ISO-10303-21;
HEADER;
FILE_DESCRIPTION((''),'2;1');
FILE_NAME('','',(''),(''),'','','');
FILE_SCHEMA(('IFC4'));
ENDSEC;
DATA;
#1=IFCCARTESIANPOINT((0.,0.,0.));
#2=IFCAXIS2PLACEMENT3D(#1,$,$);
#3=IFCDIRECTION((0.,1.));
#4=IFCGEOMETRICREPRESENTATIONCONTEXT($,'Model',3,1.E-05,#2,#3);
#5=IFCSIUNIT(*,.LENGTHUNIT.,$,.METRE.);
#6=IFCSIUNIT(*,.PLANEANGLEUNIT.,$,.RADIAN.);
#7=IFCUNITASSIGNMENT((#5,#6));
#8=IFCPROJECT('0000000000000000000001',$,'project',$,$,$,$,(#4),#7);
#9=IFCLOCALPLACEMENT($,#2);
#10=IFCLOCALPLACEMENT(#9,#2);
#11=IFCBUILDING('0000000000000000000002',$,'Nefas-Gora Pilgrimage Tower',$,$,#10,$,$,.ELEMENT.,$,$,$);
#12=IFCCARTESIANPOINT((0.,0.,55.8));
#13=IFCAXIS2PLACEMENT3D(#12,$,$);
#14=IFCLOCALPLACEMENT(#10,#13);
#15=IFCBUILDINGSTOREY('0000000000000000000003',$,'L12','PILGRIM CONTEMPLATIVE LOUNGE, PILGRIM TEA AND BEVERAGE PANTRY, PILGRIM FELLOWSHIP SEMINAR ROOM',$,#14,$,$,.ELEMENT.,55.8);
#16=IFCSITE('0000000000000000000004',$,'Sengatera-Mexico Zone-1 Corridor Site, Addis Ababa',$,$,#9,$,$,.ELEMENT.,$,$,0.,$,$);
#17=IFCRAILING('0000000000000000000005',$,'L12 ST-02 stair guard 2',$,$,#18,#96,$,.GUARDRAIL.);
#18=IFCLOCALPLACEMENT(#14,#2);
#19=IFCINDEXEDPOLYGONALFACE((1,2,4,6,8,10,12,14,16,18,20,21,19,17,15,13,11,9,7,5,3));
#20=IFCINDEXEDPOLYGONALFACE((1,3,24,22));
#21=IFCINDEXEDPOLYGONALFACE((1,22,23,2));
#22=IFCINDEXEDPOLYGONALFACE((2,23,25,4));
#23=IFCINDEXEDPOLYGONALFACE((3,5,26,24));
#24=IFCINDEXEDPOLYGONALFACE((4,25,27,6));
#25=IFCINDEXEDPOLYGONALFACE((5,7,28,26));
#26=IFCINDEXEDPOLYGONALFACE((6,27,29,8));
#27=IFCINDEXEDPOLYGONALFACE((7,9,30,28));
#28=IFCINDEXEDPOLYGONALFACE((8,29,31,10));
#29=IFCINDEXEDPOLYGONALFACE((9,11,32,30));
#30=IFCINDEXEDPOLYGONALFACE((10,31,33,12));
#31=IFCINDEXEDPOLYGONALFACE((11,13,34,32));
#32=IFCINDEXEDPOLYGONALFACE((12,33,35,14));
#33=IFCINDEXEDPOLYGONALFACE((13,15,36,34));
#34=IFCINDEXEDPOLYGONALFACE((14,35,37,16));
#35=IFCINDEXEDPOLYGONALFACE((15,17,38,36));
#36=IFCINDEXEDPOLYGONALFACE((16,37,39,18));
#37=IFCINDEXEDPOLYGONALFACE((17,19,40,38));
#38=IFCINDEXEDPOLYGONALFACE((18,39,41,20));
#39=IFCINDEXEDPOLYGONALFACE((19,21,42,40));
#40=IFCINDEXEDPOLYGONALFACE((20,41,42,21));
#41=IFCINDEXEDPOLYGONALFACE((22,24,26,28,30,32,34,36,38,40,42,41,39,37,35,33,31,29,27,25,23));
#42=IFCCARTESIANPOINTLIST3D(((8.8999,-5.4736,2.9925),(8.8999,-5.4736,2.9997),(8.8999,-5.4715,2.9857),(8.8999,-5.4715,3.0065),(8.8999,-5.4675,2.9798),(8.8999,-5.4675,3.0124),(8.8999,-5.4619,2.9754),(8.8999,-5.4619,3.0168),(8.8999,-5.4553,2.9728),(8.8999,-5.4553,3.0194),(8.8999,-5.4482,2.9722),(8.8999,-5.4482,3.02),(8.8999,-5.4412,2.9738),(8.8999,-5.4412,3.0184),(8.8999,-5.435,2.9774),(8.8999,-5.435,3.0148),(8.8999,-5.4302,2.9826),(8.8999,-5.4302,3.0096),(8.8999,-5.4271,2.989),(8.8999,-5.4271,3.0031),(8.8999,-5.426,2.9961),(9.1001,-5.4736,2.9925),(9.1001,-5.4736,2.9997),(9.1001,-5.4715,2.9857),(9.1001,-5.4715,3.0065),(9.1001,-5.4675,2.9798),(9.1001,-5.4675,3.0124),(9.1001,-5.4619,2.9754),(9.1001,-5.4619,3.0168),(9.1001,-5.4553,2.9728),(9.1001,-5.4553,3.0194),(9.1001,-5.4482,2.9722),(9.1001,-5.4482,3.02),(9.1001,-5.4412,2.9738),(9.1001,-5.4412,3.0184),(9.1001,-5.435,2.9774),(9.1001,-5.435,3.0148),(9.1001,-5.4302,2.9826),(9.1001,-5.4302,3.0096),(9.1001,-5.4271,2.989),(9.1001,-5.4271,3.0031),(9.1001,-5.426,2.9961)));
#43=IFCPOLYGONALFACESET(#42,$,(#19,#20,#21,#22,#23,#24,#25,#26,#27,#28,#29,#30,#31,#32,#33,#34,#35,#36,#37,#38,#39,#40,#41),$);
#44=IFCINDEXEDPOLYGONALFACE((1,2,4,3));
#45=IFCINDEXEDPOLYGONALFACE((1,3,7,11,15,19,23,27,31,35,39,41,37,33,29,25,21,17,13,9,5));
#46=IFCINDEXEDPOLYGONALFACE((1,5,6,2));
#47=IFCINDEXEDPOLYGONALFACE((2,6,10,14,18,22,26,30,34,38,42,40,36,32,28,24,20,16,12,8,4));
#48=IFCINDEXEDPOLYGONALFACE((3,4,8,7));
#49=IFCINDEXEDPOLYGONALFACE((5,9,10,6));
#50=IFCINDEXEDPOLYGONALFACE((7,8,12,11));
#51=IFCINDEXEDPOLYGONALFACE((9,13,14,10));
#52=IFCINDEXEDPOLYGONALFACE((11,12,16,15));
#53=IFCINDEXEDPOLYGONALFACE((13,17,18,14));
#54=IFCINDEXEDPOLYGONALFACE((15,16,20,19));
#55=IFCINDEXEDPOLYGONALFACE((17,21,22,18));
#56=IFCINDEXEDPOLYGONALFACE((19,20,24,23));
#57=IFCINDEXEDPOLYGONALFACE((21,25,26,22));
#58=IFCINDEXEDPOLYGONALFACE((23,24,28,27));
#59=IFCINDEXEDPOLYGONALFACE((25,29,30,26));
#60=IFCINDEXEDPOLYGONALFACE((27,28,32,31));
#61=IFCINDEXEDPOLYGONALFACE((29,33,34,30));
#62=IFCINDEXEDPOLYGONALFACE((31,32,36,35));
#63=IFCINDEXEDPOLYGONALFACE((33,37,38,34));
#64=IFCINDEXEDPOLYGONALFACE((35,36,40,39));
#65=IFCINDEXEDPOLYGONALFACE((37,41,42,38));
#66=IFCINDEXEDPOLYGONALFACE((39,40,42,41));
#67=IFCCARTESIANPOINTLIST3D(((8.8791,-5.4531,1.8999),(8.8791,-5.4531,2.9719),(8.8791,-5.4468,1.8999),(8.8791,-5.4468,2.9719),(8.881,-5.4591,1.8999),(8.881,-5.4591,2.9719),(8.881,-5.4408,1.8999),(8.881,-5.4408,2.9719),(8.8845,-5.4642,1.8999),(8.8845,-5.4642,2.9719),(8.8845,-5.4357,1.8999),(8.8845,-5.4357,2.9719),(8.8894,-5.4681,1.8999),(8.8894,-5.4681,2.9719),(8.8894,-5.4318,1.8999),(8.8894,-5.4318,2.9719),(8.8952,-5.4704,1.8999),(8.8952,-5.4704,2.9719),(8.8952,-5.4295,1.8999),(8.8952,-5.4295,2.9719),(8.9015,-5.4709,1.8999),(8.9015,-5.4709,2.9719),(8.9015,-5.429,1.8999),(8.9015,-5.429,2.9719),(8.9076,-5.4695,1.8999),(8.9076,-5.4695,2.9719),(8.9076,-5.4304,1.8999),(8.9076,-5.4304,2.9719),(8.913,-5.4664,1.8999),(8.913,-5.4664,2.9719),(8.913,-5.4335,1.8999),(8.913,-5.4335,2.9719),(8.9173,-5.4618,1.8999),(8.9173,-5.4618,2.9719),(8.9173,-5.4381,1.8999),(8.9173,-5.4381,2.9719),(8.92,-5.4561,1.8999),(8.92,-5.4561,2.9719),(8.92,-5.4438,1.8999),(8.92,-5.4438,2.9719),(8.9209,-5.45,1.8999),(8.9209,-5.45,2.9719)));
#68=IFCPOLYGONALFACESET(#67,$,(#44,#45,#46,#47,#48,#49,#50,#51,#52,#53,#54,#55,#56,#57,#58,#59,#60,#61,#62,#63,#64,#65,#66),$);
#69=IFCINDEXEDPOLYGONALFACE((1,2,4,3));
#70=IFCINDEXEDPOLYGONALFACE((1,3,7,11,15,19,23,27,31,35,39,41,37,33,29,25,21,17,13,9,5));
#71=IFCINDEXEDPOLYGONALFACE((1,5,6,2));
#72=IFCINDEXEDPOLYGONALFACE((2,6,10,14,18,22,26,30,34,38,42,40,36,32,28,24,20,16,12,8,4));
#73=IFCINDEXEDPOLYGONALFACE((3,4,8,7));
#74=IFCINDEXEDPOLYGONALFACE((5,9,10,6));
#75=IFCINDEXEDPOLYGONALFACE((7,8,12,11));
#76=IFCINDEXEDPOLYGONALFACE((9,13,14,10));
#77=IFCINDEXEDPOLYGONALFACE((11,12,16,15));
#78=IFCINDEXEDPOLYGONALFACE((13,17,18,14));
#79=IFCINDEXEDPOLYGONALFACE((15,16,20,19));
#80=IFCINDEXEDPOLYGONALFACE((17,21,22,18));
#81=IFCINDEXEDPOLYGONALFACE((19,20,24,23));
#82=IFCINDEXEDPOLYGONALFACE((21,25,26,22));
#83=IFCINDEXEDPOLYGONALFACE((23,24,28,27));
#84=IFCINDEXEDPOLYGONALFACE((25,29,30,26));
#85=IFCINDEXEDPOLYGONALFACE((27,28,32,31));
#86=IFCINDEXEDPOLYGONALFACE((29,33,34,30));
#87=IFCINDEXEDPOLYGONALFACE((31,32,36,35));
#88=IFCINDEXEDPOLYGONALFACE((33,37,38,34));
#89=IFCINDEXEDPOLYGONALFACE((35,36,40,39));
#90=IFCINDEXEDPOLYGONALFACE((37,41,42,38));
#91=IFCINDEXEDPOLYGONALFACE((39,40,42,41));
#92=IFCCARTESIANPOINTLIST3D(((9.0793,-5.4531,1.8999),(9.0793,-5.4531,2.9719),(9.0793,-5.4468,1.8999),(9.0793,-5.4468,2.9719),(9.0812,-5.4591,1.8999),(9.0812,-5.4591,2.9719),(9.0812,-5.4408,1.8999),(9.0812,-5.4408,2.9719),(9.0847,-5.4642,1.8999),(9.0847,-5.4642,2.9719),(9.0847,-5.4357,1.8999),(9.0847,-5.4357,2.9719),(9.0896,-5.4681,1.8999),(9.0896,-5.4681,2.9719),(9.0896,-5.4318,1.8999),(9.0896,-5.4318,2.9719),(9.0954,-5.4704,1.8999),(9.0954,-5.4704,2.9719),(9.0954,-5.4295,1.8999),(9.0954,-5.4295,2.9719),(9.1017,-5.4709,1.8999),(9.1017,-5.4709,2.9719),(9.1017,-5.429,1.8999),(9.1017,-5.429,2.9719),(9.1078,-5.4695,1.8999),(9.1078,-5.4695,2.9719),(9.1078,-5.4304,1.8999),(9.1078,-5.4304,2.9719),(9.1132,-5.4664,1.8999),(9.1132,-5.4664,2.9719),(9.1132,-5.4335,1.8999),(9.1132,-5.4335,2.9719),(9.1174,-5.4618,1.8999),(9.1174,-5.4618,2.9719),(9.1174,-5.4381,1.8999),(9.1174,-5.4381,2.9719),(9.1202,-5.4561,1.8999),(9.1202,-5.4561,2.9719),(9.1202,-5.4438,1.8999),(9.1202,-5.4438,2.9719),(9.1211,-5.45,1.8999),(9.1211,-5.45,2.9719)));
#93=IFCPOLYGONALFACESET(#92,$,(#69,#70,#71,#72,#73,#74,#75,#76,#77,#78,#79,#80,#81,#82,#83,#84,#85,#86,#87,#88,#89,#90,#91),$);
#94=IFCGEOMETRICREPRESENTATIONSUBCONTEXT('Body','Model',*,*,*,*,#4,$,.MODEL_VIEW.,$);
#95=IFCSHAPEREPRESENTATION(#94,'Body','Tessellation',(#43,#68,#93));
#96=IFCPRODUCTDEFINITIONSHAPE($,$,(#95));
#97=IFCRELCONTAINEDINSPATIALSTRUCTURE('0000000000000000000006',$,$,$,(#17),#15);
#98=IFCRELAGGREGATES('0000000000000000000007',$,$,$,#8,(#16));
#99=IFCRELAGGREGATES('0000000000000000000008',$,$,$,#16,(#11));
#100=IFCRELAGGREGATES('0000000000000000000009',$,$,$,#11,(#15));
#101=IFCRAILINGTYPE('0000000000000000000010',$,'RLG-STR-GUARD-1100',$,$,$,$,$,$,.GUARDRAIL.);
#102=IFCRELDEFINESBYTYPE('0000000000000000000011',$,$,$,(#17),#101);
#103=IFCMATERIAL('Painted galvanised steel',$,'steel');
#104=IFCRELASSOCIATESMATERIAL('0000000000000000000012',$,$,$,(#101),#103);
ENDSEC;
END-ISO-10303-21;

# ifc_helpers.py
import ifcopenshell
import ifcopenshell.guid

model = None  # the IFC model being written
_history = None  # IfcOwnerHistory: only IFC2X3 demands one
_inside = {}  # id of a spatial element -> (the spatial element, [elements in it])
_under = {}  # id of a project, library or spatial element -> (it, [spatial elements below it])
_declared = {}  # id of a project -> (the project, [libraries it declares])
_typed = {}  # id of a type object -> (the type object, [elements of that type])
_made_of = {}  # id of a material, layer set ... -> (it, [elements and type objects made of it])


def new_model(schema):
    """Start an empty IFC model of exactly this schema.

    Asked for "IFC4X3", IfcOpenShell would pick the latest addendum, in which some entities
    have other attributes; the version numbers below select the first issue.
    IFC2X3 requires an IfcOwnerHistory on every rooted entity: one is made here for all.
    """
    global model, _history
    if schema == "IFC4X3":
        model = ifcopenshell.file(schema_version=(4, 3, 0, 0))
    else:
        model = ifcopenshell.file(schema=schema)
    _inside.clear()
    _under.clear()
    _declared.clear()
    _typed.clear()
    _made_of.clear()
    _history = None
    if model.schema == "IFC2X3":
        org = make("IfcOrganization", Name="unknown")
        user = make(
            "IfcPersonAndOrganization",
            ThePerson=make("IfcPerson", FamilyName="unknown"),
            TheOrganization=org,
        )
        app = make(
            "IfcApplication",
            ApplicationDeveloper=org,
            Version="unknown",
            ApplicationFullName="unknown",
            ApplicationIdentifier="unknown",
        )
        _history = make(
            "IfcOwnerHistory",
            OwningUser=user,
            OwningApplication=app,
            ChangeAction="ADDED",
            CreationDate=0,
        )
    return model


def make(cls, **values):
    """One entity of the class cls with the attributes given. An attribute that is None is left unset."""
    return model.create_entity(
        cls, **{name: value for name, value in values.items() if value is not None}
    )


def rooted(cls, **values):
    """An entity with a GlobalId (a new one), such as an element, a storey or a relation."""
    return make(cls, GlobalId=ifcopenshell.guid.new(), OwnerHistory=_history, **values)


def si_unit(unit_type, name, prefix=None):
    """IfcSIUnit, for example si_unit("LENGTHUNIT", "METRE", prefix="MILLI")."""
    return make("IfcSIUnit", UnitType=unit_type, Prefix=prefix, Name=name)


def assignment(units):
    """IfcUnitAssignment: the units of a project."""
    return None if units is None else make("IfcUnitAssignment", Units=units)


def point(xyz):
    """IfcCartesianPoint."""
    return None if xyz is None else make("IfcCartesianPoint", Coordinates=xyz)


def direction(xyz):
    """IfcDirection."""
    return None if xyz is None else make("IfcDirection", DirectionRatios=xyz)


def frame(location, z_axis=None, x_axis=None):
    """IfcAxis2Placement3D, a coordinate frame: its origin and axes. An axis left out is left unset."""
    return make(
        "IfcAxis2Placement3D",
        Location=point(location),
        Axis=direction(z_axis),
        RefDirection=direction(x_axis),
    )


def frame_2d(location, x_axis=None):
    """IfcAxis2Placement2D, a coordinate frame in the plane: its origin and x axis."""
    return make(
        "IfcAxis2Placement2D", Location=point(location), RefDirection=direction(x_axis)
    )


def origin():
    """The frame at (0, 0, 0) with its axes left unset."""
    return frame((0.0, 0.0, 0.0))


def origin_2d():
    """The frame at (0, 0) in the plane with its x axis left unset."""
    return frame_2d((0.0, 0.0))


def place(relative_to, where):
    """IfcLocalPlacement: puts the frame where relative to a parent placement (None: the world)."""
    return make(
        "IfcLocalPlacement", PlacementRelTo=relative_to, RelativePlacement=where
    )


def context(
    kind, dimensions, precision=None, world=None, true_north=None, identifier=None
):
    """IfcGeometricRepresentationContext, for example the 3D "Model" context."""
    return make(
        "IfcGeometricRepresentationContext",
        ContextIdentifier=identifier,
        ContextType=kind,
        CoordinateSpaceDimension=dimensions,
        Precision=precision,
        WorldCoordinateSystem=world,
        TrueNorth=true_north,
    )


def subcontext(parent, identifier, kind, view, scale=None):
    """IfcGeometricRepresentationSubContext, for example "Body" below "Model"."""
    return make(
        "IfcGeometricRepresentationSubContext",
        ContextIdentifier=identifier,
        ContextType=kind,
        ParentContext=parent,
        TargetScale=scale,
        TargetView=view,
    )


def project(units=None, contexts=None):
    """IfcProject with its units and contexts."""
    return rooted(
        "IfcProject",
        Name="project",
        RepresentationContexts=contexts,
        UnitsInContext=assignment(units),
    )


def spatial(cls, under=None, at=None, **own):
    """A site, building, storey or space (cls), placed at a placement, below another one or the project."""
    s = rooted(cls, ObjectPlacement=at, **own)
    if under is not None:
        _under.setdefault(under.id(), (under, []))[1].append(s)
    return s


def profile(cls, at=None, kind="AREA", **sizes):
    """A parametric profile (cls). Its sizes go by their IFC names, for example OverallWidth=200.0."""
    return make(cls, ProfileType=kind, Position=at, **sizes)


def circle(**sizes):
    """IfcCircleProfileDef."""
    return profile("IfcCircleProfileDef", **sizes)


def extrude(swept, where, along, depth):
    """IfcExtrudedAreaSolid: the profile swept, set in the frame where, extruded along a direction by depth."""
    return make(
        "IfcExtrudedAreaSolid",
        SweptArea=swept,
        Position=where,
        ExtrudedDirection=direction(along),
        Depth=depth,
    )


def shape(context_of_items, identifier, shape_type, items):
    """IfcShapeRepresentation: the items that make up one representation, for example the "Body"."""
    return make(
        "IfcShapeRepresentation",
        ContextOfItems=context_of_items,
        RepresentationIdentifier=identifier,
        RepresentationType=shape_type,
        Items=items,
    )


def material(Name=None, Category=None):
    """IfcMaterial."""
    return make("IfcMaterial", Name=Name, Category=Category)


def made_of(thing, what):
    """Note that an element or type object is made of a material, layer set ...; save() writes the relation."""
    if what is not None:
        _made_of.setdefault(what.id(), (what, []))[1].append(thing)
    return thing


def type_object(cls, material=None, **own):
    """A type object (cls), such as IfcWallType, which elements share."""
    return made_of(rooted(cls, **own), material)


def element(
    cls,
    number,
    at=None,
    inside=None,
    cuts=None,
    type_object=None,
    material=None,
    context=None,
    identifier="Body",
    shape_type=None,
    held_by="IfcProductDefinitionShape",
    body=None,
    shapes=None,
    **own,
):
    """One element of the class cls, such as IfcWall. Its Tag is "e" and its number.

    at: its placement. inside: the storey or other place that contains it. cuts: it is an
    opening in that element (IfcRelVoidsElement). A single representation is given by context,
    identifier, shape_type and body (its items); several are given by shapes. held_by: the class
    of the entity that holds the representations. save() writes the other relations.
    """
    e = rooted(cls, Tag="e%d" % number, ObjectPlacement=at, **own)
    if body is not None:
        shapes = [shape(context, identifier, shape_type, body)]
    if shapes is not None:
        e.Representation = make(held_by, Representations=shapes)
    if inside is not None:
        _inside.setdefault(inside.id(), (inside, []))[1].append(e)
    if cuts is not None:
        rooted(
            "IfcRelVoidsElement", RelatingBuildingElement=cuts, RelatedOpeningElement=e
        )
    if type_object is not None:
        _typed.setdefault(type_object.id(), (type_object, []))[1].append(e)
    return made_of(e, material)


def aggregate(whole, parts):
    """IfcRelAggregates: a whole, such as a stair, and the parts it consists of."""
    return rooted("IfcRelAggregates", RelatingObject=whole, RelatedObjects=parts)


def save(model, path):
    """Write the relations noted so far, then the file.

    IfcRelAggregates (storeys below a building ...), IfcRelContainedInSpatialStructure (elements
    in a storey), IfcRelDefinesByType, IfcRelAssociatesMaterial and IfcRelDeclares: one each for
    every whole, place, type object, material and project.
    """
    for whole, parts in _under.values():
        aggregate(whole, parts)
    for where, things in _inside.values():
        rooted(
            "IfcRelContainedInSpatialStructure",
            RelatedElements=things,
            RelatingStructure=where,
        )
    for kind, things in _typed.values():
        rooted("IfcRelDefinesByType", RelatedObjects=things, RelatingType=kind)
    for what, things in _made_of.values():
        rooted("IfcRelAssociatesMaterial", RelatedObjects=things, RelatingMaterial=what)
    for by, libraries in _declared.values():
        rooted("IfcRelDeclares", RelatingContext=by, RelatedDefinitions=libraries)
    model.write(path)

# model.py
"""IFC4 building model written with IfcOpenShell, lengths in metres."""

from ifc_helpers import new_model, si_unit, direction, frame, origin, origin_2d, place, context, subcontext, project, spatial, circle, extrude, material, type_object, element, save


model = new_model("IFC4")

# Units and contexts
model_context = context("Model", 3, precision=1e-05, world=origin(), true_north=direction((0.0, 1.0)))
body_context = subcontext(model_context, "Body", "Model", "MODEL_VIEW")
ifc_project = project(units=[si_unit("LENGTHUNIT", "METRE"), si_unit("PLANEANGLEUNIT", "RADIAN")], contexts=[model_context])

# Site, building, storey
site_placement = place(None, origin())
site = spatial("IfcSite", under=ifc_project, at=site_placement, Name="Sengatera-Mexico Zone-1 Corridor Site, Addis Ababa", CompositionType="ELEMENT", RefElevation=0.0)
building_placement = place(site_placement, origin())
building = spatial("IfcBuilding", under=site, at=building_placement, Name="Nefas-Gora Pilgrimage Tower", CompositionType="ELEMENT")
storey_placement = place(building_placement, frame((0.0, 0.0, 55.8)))
storey = spatial("IfcBuildingStorey", under=building, at=storey_placement, Name="L12", Description="PILGRIM CONTEMPLATIVE LOUNGE, PILGRIM TEA AND BEVERAGE PANTRY, PILGRIM FELLOWSHIP SEMINAR ROOM", CompositionType="ELEMENT", Elevation=55.8)

# Railing
ifc_material_1 = material(Name="Painted galvanised steel", Category="steel")
railing_type_1 = type_object("IfcRailingType", Name="RLG-STR-GUARD-1100", PredefinedType="GUARDRAIL", material=ifc_material_1)
railing_1_placement = place(storey_placement, frame((8.8999, -5.45, 1.8999)))
element("IfcRailing", 1, at=railing_1_placement, inside=storey, type_object=railing_type_1, Name="L12 ST-02 stair guard 2", PredefinedType="GUARDRAIL", context=body_context, shape_type="SweptSolid", body=[
    extrude(circle(Radius=0.0239, at=origin_2d()), frame((0.0, 0.0, 1.0962), z_axis=(1.0, 0.0, 0.0), x_axis=(0.0, 1.0, 0.0)), (0.0, 0.0, 1.0), 0.2002),
    extrude(circle(Radius=0.021, at=origin_2d()), origin(), (0.0, 0.0, 1.0), 1.072),
    extrude(circle(Radius=0.021, at=origin_2d()), frame((0.2002, 0.0, 0.0)), (0.0, 0.0, 1.0), 1.072),
])

save(model, "model.ifc")
